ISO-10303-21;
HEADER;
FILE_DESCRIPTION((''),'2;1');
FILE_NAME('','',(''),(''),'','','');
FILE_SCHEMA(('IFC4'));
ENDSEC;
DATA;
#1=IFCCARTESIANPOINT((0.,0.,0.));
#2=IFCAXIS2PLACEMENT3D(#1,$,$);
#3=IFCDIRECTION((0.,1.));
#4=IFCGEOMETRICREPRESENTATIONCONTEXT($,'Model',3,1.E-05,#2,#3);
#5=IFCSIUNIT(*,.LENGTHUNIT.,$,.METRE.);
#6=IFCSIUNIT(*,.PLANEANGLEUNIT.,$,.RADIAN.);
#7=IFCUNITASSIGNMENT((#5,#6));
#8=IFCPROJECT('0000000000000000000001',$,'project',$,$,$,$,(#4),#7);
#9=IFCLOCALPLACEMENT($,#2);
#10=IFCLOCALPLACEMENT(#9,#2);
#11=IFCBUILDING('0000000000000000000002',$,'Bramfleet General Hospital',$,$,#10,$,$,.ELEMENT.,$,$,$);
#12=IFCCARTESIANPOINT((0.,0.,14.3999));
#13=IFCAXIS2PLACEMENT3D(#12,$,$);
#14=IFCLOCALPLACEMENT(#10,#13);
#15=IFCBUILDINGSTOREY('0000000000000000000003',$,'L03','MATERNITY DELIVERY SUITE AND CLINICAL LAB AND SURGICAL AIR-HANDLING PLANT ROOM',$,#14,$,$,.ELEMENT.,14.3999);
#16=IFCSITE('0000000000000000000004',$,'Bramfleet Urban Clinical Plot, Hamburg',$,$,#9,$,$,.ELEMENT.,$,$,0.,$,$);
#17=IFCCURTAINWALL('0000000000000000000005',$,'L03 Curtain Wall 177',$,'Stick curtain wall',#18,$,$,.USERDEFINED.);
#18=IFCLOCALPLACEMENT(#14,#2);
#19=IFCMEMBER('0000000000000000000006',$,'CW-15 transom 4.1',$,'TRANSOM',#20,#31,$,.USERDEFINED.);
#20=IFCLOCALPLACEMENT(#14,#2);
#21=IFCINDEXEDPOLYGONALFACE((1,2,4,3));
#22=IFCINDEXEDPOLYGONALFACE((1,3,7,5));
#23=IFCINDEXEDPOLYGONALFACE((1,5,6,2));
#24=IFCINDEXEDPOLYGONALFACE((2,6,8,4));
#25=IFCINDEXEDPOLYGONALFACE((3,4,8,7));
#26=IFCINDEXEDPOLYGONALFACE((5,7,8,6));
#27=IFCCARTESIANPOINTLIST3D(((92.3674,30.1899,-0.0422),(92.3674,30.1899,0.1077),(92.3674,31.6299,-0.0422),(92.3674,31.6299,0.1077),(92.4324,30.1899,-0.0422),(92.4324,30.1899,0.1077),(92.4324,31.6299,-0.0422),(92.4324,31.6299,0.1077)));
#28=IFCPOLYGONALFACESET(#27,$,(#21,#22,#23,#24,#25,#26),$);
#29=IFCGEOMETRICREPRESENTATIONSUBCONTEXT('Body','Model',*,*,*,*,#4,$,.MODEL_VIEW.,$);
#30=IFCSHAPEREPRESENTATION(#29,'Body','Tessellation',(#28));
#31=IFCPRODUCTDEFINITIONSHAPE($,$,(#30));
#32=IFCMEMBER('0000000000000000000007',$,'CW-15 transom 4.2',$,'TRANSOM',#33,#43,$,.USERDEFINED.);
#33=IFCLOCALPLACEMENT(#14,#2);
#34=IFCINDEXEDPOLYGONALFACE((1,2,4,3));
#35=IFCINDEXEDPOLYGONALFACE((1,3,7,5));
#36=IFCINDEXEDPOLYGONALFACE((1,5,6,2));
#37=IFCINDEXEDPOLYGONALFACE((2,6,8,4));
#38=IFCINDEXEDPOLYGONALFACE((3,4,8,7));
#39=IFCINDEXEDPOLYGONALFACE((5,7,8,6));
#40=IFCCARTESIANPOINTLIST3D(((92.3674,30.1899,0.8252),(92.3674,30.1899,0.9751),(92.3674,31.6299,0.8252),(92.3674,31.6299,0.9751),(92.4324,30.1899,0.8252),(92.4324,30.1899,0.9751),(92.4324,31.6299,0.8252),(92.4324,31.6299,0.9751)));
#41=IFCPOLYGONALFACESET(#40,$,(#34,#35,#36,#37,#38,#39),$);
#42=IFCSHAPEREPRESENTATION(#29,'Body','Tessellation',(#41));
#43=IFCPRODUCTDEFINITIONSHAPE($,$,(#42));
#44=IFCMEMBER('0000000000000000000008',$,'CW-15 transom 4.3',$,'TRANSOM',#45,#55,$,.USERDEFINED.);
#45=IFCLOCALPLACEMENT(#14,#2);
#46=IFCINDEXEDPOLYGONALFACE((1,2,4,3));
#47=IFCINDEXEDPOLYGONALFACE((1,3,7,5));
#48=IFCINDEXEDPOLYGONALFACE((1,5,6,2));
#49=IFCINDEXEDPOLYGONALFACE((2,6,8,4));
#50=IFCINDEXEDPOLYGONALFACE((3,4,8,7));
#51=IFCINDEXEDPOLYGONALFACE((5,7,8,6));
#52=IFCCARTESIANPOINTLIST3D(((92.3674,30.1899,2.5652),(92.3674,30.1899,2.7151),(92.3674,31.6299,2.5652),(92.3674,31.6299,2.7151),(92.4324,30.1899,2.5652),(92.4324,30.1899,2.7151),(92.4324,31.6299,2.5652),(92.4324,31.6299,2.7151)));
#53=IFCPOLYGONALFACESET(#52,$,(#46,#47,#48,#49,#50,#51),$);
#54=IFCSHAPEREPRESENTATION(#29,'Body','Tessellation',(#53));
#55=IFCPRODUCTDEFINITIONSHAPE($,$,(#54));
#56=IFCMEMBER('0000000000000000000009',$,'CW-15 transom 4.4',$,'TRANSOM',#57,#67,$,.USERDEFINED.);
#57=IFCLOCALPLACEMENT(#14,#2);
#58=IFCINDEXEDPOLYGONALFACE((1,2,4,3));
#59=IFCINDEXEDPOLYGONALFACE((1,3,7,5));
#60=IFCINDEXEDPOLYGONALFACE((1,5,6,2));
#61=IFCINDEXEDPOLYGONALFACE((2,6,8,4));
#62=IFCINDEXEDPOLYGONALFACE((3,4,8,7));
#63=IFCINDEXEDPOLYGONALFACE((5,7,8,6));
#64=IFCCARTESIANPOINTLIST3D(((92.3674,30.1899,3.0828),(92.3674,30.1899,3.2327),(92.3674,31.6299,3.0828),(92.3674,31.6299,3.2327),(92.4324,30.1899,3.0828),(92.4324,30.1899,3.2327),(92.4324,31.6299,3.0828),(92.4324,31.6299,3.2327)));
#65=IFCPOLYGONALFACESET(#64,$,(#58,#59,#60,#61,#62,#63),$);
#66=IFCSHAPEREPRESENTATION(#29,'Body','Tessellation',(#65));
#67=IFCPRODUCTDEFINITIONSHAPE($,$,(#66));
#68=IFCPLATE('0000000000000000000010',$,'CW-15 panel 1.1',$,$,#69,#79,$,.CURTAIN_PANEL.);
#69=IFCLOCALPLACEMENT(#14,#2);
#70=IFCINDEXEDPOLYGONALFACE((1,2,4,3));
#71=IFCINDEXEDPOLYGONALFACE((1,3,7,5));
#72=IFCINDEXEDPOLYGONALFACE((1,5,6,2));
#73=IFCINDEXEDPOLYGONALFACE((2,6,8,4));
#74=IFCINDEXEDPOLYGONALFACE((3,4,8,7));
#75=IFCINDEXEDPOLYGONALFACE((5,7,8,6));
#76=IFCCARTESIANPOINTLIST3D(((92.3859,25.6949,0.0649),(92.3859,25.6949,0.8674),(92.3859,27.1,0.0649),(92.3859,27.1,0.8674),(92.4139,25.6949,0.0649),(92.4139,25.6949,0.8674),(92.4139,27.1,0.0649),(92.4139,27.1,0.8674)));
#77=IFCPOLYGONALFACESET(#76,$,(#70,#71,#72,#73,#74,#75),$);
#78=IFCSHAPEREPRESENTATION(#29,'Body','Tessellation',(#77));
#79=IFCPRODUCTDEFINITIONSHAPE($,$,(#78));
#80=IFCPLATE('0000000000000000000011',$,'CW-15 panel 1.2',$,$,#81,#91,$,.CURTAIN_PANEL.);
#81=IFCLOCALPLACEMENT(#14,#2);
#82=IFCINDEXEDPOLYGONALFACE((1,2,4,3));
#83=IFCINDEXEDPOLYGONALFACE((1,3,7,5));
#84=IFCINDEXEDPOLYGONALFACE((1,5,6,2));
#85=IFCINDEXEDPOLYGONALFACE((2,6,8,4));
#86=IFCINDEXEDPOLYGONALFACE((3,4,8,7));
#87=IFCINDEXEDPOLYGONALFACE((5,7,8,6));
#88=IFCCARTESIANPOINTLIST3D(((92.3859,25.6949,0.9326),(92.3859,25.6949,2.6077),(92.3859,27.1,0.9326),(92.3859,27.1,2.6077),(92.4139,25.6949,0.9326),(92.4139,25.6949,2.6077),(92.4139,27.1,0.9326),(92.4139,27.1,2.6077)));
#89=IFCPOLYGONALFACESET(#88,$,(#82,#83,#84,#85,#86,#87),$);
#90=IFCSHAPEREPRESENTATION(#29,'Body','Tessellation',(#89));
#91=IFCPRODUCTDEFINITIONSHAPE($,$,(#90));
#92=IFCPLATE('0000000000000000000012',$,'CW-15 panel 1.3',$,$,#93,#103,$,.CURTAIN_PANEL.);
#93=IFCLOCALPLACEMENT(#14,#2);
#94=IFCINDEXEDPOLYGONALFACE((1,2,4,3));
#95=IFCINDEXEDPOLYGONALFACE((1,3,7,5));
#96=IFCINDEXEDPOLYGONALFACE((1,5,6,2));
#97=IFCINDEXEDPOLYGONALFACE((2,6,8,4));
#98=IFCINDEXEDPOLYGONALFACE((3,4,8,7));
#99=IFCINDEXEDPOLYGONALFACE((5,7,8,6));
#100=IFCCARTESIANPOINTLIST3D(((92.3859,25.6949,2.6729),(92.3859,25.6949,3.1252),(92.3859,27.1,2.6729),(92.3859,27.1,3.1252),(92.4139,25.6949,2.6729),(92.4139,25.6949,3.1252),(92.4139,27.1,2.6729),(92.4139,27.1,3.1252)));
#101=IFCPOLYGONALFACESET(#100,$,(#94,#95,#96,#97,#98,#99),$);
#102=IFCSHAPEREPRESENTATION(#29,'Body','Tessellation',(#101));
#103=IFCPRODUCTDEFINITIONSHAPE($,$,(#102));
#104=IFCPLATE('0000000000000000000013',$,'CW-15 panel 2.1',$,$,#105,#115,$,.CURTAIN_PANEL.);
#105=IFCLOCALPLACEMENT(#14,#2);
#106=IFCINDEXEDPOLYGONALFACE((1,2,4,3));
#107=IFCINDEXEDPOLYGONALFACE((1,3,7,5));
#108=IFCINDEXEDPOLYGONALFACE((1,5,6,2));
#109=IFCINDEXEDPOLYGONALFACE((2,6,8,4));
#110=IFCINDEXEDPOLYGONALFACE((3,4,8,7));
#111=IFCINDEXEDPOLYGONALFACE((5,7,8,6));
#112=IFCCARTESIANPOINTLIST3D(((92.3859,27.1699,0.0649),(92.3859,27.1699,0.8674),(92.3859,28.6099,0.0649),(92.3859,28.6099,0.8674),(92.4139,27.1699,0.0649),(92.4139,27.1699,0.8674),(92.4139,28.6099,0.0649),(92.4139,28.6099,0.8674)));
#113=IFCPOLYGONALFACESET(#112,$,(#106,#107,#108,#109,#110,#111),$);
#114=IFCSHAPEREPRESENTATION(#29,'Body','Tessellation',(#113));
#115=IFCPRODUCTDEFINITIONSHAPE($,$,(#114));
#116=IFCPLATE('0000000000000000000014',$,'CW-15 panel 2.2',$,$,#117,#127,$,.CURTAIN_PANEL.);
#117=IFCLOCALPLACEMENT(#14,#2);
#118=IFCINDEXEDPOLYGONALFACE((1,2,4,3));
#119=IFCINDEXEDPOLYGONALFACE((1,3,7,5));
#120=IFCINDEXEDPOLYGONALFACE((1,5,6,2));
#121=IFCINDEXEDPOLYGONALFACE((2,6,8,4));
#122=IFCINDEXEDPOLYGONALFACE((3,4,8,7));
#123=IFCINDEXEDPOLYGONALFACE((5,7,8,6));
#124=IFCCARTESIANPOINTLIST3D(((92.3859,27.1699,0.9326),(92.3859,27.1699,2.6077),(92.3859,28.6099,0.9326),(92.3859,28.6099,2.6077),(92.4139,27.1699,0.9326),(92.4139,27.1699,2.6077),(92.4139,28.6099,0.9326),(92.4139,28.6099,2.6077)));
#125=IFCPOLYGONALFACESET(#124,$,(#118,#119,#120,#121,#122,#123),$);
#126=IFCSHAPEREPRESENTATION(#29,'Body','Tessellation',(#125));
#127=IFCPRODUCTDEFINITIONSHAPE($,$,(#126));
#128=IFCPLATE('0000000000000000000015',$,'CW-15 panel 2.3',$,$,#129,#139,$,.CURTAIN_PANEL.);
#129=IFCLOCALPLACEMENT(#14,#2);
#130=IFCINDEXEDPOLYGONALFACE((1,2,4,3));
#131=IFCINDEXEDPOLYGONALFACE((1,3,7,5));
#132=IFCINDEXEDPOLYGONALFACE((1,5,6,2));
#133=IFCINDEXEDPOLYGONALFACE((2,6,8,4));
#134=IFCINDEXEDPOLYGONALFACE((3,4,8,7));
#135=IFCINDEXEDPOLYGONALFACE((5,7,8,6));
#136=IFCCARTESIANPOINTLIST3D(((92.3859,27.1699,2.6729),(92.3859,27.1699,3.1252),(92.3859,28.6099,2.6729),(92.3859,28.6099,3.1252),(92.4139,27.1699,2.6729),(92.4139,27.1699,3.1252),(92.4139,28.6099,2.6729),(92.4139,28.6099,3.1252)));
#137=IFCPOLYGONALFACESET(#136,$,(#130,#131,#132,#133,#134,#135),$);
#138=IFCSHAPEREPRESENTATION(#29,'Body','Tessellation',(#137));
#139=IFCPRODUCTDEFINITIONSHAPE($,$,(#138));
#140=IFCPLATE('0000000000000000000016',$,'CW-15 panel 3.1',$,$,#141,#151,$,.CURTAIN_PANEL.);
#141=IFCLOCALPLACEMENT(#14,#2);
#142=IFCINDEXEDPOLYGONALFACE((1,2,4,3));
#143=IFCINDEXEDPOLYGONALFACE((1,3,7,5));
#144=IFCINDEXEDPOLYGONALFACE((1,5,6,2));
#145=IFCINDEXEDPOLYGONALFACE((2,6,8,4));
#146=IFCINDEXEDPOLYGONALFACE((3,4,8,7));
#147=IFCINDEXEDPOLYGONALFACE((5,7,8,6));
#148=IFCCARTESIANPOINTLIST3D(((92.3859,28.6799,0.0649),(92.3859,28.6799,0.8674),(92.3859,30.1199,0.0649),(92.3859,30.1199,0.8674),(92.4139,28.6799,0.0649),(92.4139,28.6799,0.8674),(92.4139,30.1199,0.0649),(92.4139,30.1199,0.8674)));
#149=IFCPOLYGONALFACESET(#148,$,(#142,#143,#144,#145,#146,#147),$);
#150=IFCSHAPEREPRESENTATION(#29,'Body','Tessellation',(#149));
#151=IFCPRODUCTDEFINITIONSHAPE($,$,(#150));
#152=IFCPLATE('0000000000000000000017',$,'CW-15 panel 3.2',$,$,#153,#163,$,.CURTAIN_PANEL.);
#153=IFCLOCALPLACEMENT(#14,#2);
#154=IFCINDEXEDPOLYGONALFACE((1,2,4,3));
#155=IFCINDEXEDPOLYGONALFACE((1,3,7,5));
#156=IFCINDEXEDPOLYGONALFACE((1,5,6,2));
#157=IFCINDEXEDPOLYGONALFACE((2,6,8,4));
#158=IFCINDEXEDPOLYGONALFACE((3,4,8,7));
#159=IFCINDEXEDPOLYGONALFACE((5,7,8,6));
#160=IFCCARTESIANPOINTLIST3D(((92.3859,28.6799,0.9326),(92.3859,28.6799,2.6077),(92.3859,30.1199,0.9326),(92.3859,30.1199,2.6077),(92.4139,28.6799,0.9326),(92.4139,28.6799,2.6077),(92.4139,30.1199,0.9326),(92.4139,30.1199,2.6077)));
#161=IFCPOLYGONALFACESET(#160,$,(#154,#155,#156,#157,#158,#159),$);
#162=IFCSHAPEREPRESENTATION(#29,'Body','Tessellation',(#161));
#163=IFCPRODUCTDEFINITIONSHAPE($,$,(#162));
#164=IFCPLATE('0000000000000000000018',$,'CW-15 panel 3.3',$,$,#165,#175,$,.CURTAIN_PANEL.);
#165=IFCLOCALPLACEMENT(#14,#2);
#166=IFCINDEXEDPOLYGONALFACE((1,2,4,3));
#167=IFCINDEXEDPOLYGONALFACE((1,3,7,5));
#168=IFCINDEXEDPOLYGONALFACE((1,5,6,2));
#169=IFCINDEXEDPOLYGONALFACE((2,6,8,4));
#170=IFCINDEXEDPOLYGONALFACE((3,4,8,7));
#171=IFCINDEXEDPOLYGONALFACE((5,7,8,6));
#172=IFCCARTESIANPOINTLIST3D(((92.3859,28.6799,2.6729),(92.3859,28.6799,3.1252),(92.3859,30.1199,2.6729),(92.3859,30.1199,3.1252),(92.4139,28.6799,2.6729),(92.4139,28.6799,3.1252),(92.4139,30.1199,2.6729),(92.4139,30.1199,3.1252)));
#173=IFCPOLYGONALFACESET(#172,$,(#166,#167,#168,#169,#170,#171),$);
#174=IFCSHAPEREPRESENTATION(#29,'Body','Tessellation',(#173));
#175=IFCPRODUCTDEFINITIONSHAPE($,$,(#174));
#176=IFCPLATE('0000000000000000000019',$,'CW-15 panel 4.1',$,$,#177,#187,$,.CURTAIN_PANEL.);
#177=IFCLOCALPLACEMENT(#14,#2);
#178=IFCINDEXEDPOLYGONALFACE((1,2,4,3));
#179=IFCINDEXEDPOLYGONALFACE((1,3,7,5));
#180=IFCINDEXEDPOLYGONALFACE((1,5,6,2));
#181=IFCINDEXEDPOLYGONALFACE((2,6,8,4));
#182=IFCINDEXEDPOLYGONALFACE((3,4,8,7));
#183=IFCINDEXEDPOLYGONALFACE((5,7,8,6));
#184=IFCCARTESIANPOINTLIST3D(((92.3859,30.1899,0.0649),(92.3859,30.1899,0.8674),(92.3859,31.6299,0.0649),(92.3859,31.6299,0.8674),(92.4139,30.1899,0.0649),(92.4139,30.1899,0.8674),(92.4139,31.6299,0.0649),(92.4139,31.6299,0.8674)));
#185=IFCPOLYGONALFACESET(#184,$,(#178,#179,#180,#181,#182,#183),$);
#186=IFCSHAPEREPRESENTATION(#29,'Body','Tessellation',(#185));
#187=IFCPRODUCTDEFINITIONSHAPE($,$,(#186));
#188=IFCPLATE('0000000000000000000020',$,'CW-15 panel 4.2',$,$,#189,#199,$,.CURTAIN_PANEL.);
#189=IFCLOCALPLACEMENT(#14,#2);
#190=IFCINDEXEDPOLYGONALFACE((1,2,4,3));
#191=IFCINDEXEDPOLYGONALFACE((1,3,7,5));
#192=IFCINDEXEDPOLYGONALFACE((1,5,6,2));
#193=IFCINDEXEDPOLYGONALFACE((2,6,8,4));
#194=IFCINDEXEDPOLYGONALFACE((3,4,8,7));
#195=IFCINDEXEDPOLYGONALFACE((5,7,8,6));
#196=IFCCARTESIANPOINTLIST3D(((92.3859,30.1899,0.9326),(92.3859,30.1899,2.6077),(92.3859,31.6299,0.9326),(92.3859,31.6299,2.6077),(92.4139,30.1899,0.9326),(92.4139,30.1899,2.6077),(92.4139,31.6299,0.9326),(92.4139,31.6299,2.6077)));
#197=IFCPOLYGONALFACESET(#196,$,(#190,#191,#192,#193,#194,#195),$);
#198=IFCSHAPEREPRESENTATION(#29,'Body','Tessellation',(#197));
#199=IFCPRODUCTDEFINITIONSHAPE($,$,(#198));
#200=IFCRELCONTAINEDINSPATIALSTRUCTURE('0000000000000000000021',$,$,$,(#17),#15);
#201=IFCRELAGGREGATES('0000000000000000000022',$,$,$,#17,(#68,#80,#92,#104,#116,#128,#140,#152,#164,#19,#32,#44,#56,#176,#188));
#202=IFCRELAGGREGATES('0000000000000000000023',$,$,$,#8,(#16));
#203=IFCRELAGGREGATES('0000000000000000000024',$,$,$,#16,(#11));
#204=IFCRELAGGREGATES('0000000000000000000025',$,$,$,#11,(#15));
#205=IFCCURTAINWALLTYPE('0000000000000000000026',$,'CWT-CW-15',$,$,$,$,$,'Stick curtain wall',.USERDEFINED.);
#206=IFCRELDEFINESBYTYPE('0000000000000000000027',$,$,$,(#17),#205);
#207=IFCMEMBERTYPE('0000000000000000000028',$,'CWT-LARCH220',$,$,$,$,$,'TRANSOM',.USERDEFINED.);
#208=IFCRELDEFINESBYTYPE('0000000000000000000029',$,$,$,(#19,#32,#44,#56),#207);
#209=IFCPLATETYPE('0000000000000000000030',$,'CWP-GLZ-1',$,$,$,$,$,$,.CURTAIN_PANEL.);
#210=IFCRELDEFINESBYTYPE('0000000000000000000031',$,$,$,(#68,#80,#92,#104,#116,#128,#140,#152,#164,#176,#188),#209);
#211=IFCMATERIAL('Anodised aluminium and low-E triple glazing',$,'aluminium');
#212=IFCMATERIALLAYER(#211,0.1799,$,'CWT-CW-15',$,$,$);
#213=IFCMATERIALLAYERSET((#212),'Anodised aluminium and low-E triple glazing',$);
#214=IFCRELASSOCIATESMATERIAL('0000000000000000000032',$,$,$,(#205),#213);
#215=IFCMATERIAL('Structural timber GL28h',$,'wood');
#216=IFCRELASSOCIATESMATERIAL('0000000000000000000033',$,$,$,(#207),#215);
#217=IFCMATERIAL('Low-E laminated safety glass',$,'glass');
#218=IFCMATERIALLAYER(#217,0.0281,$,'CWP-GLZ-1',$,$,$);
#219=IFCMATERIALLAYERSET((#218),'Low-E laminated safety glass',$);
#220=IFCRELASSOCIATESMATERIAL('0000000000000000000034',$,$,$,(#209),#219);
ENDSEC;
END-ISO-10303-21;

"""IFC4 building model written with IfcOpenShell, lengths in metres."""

from ifc_helpers import new_model, si_unit, direction, frame, origin, origin_2d, place, context, subcontext, project, spatial, rectangle, extrude, material, layer, layer_set, material_profile, profile_set, type_object, element, aggregate, save


model = new_model("IFC4")

# Units and contexts
model_context = context("Model", 3, precision=1e-05, world=origin(), true_north=direction((0.0, 1.0)))
body_context = subcontext(model_context, "Body", "Model", "MODEL_VIEW")
ifc_project = project(units=[si_unit("LENGTHUNIT", "METRE"), si_unit("PLANEANGLEUNIT", "RADIAN")], contexts=[model_context])

# Site, building, storey
site_placement = place(None, origin())
site = spatial("IfcSite", under=ifc_project, at=site_placement, Name="Bramfleet Urban Clinical Plot, Hamburg", CompositionType="ELEMENT", RefElevation=0.0)
building_placement = place(site_placement, origin())
building = spatial("IfcBuilding", under=site, at=building_placement, Name="Bramfleet General Hospital", CompositionType="ELEMENT")
storey_placement = place(building_placement, frame((0.0, 0.0, 14.3999)))
storey = spatial("IfcBuildingStorey", under=building, at=storey_placement, Name="L03", Description="MATERNITY DELIVERY SUITE AND CLINICAL LAB AND SURGICAL AIR-HANDLING PLANT ROOM", CompositionType="ELEMENT", Elevation=14.3999)

# Curtain wall, members, plates
ifc_material_1 = material(Name="Anodised aluminium and low-E triple glazing", Category="aluminium")
ifc_layer_1 = layer(ifc_material_1, 0.1799, Name="CWT-CW-15")
ifc_layer_set_1 = layer_set([ifc_layer_1], Name="Anodised aluminium and low-E triple glazing")
curtain_wall_type = type_object("IfcCurtainWallType", Name="CWT-CW-15", ElementType="Stick curtain wall", PredefinedType="USERDEFINED", material=ifc_layer_set_1)
curtain_wall_placement = place(storey_placement, origin())
curtain_wall = element("IfcCurtainWall", 1, at=curtain_wall_placement, inside=storey, type_object=curtain_wall_type, Name="L03 Curtain Wall 177", ObjectType="Stick curtain wall", PredefinedType="USERDEFINED")
ifc_material_2 = material(Name="Structural timber GL28h", Category="wood")
ifc_material_profile_1 = material_profile(ifc_material_2, rectangle(XDim=0.0649, YDim=0.1499, at=origin_2d()), Name="LARCH 150x65")
ifc_profile_set_1 = profile_set([ifc_material_profile_1], Name="Structural timber GL28h")
member_type_1 = type_object("IfcMemberType", Name="CWT-LARCH220", ElementType="TRANSOM", PredefinedType="USERDEFINED", material=ifc_profile_set_1)
member_1_placement = place(storey_placement, frame((92.3999, 30.1899, 0.0327), z_axis=(0.0, 1.0, 0.0), x_axis=(-1.0, 0.0, 0.0)))
member_1 = element("IfcMember", 2, at=member_1_placement, type_object=member_type_1, Name="CW-15 transom 4.1", ObjectType="TRANSOM", PredefinedType="USERDEFINED", context=body_context, shape_type="SweptSolid", body=[
    extrude(rectangle(XDim=0.0649, YDim=0.1499, at=origin_2d()), origin(), (0.0, 0.0, 1.0), 1.4399),
])
member_2_placement = place(storey_placement, frame((92.3999, 30.1899, 0.9001), z_axis=(0.0, 1.0, 0.0), x_axis=(-1.0, 0.0, 0.0)))
member_2 = element("IfcMember", 3, at=member_2_placement, type_object=member_type_1, Name="CW-15 transom 4.2", ObjectType="TRANSOM", PredefinedType="USERDEFINED", context=body_context, shape_type="SweptSolid", body=[
    extrude(rectangle(XDim=0.0649, YDim=0.1499, at=origin_2d()), origin(), (0.0, 0.0, 1.0), 1.4399),
])
member_3_placement = place(storey_placement, frame((92.3999, 30.1899, 2.6401), z_axis=(0.0, 1.0, 0.0), x_axis=(-1.0, 0.0, 0.0)))
member_3 = element("IfcMember", 4, at=member_3_placement, type_object=member_type_1, Name="CW-15 transom 4.3", ObjectType="TRANSOM", PredefinedType="USERDEFINED", context=body_context, shape_type="SweptSolid", body=[
    extrude(rectangle(XDim=0.0649, YDim=0.1499, at=origin_2d()), origin(), (0.0, 0.0, 1.0), 1.4399),
])
member_4_placement = place(storey_placement, frame((92.3999, 30.1899, 3.1577), z_axis=(0.0, 1.0, 0.0), x_axis=(-1.0, 0.0, 0.0)))
member_4 = element("IfcMember", 5, at=member_4_placement, type_object=member_type_1, Name="CW-15 transom 4.4", ObjectType="TRANSOM", PredefinedType="USERDEFINED", context=body_context, shape_type="SweptSolid", body=[
    extrude(rectangle(XDim=0.0649, YDim=0.1499, at=origin_2d()), origin(), (0.0, 0.0, 1.0), 1.4399),
])
ifc_material_3 = material(Name="Low-E laminated safety glass", Category="glass")
ifc_layer_2 = layer(ifc_material_3, 0.0281, Name="CWP-GLZ-1")
ifc_layer_set_2 = layer_set([ifc_layer_2], Name="Low-E laminated safety glass")
plate_type = type_object("IfcPlateType", Name="CWP-GLZ-1", PredefinedType="CURTAIN_PANEL", material=ifc_layer_set_2)
plate_1_placement = place(storey_placement, frame((92.3999, 26.3975, 0.0649), z_axis=(0.0, 0.0, 1.0), x_axis=(0.0, 1.0, 0.0)))
plate_1 = element("IfcPlate", 6, at=plate_1_placement, type_object=plate_type, Name="CW-15 panel 1.1", PredefinedType="CURTAIN_PANEL", context=body_context, shape_type="SweptSolid", body=[
    extrude(rectangle(XDim=1.405, YDim=0.0281, at=origin_2d()), origin(), (0.0, 0.0, 1.0), 0.8025),
])
plate_2_placement = place(storey_placement, frame((92.3999, 26.3975, 0.9326), z_axis=(0.0, 0.0, 1.0), x_axis=(0.0, 1.0, 0.0)))
plate_2 = element("IfcPlate", 7, at=plate_2_placement, type_object=plate_type, Name="CW-15 panel 1.2", PredefinedType="CURTAIN_PANEL", context=body_context, shape_type="SweptSolid", body=[
    extrude(rectangle(XDim=1.405, YDim=0.0281, at=origin_2d()), origin(), (0.0, 0.0, 1.0), 1.675),
])
plate_3_placement = place(storey_placement, frame((92.3999, 26.3975, 2.6729), z_axis=(0.0, 0.0, 1.0), x_axis=(0.0, 1.0, 0.0)))
plate_3 = element("IfcPlate", 8, at=plate_3_placement, type_object=plate_type, Name="CW-15 panel 1.3", PredefinedType="CURTAIN_PANEL", context=body_context, shape_type="SweptSolid", body=[
    extrude(rectangle(XDim=1.405, YDim=0.0281, at=origin_2d()), origin(), (0.0, 0.0, 1.0), 0.4524),
])
plate_4_placement = place(storey_placement, frame((92.3999, 27.8899, 0.0649), z_axis=(0.0, 0.0, 1.0), x_axis=(0.0, 1.0, 0.0)))
plate_4 = element("IfcPlate", 9, at=plate_4_placement, type_object=plate_type, Name="CW-15 panel 2.1", PredefinedType="CURTAIN_PANEL", context=body_context, shape_type="SweptSolid", body=[
    extrude(rectangle(XDim=1.4399, YDim=0.0281, at=origin_2d()), origin(), (0.0, 0.0, 1.0), 0.8025),
])
plate_5_placement = place(storey_placement, frame((92.3999, 27.8899, 0.9326), z_axis=(0.0, 0.0, 1.0), x_axis=(0.0, 1.0, 0.0)))
plate_5 = element("IfcPlate", 10, at=plate_5_placement, type_object=plate_type, Name="CW-15 panel 2.2", PredefinedType="CURTAIN_PANEL", context=body_context, shape_type="SweptSolid", body=[
    extrude(rectangle(XDim=1.4399, YDim=0.0281, at=origin_2d()), origin(), (0.0, 0.0, 1.0), 1.675),
])
plate_6_placement = place(storey_placement, frame((92.3999, 27.8899, 2.6729), z_axis=(0.0, 0.0, 1.0), x_axis=(0.0, 1.0, 0.0)))
plate_6 = element("IfcPlate", 11, at=plate_6_placement, type_object=plate_type, Name="CW-15 panel 2.3", PredefinedType="CURTAIN_PANEL", context=body_context, shape_type="SweptSolid", body=[
    extrude(rectangle(XDim=1.4399, YDim=0.0281, at=origin_2d()), origin(), (0.0, 0.0, 1.0), 0.4524),
])
plate_7_placement = place(storey_placement, frame((92.3999, 29.3999, 0.0649), z_axis=(0.0, 0.0, 1.0), x_axis=(0.0, 1.0, 0.0)))
plate_7 = element("IfcPlate", 12, at=plate_7_placement, type_object=plate_type, Name="CW-15 panel 3.1", PredefinedType="CURTAIN_PANEL", context=body_context, shape_type="SweptSolid", body=[
    extrude(rectangle(XDim=1.4399, YDim=0.0281, at=origin_2d()), origin(), (0.0, 0.0, 1.0), 0.8025),
])
plate_8_placement = place(storey_placement, frame((92.3999, 29.3999, 0.9326), z_axis=(0.0, 0.0, 1.0), x_axis=(0.0, 1.0, 0.0)))
plate_8 = element("IfcPlate", 13, at=plate_8_placement, type_object=plate_type, Name="CW-15 panel 3.2", PredefinedType="CURTAIN_PANEL", context=body_context, shape_type="SweptSolid", body=[
    extrude(rectangle(XDim=1.4399, YDim=0.0281, at=origin_2d()), origin(), (0.0, 0.0, 1.0), 1.675),
])
plate_9_placement = place(storey_placement, frame((92.3999, 29.3999, 2.6729), z_axis=(0.0, 0.0, 1.0), x_axis=(0.0, 1.0, 0.0)))
plate_9 = element("IfcPlate", 14, at=plate_9_placement, type_object=plate_type, Name="CW-15 panel 3.3", PredefinedType="CURTAIN_PANEL", context=body_context, shape_type="SweptSolid", body=[
    extrude(rectangle(XDim=1.4399, YDim=0.0281, at=origin_2d()), origin(), (0.0, 0.0, 1.0), 0.4524),
])
plate_10_placement = place(storey_placement, frame((92.3999, 30.9099, 0.0649), z_axis=(0.0, 0.0, 1.0), x_axis=(0.0, 1.0, 0.0)))
plate_10 = element("IfcPlate", 15, at=plate_10_placement, type_object=plate_type, Name="CW-15 panel 4.1", PredefinedType="CURTAIN_PANEL", context=body_context, shape_type="SweptSolid", body=[
    extrude(rectangle(XDim=1.4399, YDim=0.0281, at=origin_2d()), origin(), (0.0, 0.0, 1.0), 0.8025),
])
plate_11_placement = place(storey_placement, frame((92.3999, 30.9099, 0.9326), z_axis=(0.0, 0.0, 1.0), x_axis=(0.0, 1.0, 0.0)))
plate_11 = element("IfcPlate", 16, at=plate_11_placement, type_object=plate_type, Name="CW-15 panel 4.2", PredefinedType="CURTAIN_PANEL", context=body_context, shape_type="SweptSolid", body=[
    extrude(rectangle(XDim=1.4399, YDim=0.0281, at=origin_2d()), origin(), (0.0, 0.0, 1.0), 1.675),
])
aggregate(curtain_wall, [plate_1, plate_2, plate_3, plate_4, plate_5, plate_6, plate_7, plate_8, plate_9, member_1, member_2, member_3, member_4, plate_10, plate_11])

save(model, "model.ifc")
